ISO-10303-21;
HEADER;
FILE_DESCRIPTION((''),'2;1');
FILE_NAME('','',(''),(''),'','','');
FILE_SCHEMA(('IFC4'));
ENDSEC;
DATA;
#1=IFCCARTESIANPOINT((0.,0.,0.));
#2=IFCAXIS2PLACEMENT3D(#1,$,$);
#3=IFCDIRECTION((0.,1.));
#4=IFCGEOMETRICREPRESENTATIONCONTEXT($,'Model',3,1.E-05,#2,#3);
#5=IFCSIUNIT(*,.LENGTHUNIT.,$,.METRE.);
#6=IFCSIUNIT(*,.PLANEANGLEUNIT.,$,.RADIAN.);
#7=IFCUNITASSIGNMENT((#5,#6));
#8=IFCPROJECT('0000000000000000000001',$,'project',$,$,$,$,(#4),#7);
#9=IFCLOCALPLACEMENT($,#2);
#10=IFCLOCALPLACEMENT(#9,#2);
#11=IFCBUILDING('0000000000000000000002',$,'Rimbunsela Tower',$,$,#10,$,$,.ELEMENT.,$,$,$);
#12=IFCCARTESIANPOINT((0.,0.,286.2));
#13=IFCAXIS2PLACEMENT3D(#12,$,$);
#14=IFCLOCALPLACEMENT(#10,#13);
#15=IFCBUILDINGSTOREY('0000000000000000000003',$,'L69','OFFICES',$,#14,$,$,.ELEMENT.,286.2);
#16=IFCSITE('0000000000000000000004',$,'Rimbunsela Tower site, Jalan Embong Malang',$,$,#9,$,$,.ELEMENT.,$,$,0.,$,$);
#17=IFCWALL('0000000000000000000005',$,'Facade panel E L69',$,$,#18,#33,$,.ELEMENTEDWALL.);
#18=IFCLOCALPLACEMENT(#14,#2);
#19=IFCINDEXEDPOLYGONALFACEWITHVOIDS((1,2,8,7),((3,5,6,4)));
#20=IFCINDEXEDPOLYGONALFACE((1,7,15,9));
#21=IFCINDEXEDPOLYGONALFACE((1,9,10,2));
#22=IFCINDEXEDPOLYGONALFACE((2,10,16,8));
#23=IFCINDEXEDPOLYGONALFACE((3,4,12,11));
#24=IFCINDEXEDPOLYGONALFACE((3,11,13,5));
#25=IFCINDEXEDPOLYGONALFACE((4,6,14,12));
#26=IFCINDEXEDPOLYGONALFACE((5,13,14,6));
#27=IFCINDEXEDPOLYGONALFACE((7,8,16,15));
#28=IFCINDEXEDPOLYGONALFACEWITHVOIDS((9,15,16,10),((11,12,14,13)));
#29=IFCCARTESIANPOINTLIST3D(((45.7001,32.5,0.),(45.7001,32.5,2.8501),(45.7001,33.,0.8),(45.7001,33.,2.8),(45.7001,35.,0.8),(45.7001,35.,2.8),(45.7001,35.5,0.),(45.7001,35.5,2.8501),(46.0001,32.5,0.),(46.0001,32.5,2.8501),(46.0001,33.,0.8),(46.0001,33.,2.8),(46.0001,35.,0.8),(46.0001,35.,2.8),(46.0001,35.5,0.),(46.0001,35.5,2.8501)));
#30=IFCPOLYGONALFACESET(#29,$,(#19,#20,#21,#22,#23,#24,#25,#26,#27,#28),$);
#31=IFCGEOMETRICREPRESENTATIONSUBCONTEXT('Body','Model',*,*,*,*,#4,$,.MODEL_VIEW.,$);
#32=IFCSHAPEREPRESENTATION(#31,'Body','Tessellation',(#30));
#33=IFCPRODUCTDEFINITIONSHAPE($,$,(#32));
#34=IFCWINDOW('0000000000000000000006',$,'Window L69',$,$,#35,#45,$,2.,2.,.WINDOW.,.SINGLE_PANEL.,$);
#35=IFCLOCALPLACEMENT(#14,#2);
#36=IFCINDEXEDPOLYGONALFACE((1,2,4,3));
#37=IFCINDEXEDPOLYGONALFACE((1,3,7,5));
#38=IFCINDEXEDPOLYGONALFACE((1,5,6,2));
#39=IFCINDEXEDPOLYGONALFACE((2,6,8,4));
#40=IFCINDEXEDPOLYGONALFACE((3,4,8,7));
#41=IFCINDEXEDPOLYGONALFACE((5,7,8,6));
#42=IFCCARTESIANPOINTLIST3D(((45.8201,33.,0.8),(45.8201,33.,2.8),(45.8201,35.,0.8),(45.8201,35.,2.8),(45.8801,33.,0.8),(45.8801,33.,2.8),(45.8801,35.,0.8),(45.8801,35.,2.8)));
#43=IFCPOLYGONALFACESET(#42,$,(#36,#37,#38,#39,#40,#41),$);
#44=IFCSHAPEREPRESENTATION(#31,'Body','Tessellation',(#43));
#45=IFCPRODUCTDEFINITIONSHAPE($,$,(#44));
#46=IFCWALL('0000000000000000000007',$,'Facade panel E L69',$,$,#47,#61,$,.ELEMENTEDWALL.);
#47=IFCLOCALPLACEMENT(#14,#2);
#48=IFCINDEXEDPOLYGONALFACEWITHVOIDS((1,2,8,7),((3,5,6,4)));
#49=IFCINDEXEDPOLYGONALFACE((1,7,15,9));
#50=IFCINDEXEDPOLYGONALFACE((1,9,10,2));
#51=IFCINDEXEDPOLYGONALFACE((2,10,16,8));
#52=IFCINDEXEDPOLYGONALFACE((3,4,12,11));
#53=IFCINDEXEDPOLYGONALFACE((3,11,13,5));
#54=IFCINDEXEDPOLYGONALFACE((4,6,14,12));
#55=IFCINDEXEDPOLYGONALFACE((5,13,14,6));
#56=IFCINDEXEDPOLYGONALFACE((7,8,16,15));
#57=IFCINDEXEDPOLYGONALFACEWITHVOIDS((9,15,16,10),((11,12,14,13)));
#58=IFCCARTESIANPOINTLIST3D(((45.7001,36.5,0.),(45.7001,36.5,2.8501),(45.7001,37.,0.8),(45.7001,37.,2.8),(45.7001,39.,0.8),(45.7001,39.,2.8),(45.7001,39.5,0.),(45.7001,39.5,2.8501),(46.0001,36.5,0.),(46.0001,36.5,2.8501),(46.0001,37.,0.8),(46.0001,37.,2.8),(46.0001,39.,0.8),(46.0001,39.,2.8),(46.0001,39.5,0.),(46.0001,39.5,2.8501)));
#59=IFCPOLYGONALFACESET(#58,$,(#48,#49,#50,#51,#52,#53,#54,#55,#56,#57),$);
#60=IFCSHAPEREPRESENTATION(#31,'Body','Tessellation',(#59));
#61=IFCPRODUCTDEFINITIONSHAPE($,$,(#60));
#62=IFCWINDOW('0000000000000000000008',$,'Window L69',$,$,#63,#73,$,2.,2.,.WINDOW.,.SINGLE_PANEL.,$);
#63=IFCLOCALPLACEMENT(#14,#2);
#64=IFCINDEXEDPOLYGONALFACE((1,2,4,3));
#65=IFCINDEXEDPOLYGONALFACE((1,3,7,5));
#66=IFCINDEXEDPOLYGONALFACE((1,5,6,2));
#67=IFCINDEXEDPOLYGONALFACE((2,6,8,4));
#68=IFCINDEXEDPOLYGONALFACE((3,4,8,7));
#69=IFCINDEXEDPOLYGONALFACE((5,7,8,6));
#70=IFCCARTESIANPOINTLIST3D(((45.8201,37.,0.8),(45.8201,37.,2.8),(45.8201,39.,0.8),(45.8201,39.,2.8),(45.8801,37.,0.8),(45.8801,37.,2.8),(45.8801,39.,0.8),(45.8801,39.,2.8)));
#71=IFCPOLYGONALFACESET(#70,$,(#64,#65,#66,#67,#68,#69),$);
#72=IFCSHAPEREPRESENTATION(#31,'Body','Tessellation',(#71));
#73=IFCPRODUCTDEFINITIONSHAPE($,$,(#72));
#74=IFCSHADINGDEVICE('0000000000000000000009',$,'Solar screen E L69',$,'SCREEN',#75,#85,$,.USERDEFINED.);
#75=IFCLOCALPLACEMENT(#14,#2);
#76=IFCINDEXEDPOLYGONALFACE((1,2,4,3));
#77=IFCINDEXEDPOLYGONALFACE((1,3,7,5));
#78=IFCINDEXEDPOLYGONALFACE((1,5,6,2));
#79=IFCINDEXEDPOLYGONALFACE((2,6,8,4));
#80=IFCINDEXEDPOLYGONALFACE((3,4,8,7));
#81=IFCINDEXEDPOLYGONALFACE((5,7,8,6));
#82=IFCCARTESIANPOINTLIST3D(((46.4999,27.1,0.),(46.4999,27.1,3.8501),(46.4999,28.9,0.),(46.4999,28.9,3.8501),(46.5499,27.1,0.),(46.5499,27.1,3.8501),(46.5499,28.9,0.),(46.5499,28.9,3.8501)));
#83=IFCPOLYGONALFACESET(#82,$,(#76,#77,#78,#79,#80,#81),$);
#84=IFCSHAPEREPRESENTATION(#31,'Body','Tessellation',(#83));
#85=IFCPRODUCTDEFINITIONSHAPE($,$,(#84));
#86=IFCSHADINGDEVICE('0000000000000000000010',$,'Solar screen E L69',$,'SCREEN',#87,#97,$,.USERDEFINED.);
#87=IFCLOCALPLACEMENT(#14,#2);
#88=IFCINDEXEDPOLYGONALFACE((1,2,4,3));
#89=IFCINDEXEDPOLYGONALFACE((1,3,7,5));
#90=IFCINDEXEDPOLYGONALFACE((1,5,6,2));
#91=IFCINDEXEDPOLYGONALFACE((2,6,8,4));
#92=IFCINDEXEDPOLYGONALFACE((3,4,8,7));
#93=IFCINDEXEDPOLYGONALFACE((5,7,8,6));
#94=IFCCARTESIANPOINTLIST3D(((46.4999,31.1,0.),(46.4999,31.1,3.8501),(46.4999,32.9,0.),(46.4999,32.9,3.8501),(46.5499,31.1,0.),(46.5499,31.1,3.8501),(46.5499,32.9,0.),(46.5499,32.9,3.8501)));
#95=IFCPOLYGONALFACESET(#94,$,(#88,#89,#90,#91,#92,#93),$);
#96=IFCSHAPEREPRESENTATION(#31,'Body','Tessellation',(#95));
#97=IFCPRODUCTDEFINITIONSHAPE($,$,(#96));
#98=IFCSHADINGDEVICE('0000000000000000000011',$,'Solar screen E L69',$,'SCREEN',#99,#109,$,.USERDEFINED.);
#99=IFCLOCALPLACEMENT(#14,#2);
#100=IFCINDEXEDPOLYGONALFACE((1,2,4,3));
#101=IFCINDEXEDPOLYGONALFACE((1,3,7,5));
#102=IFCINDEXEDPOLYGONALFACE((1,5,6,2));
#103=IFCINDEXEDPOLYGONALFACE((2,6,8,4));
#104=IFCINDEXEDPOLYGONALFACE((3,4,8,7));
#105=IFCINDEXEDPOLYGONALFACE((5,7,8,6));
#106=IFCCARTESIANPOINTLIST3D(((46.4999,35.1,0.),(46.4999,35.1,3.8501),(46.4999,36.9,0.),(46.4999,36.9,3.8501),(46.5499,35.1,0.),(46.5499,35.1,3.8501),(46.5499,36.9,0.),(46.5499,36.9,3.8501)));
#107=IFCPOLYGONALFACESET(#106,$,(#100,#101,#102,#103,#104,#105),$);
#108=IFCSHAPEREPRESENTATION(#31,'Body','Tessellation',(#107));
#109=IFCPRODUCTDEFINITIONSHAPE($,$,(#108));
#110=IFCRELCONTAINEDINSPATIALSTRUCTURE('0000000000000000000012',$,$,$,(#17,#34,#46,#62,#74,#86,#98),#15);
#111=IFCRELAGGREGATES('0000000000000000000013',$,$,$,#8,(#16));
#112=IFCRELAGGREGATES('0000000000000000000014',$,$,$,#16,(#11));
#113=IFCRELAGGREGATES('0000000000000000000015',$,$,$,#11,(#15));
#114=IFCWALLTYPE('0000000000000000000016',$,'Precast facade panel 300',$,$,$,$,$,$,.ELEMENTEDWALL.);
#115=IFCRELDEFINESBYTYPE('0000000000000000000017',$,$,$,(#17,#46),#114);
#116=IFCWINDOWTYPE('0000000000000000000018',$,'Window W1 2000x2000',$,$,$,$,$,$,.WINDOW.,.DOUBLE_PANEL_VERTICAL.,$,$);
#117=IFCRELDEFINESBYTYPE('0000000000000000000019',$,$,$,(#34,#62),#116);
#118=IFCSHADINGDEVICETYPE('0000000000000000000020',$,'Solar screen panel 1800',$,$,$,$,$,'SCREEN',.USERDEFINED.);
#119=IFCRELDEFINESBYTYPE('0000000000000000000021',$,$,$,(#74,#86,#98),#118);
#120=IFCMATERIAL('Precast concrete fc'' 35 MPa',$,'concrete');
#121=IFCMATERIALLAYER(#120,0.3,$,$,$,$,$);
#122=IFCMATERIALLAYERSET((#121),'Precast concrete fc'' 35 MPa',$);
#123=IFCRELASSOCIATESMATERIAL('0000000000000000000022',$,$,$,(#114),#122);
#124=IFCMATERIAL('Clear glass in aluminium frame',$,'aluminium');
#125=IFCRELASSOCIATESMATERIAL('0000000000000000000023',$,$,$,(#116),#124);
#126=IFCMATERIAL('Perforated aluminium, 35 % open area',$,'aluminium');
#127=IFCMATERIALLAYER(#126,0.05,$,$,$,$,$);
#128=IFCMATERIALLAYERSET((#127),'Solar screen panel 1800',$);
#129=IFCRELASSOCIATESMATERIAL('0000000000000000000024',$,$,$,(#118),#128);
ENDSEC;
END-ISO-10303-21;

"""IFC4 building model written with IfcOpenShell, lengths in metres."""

from ifc_helpers import new_model, si_unit, direction, frame, frame_2d, origin, origin_2d, place, context, subcontext, project, spatial, rectangle, extrude, material, layer, layer_set, type_object, element, fill, save


model = new_model("IFC4")

# Units and contexts
model_context = context("Model", 3, precision=1e-05, world=origin(), true_north=direction((0.0, 1.0)))
body_context = subcontext(model_context, "Body", "Model", "MODEL_VIEW")
ifc_project = project(units=[si_unit("LENGTHUNIT", "METRE"), si_unit("PLANEANGLEUNIT", "RADIAN")], contexts=[model_context])

# Site, building, storey
site_placement = place(None, origin())
site = spatial("IfcSite", under=ifc_project, at=site_placement, Name="Rimbunsela Tower site, Jalan Embong Malang", CompositionType="ELEMENT", RefElevation=0.0)
building_placement = place(site_placement, origin())
building = spatial("IfcBuilding", under=site, at=building_placement, Name="Rimbunsela Tower", CompositionType="ELEMENT")
storey_placement = place(building_placement, frame((0.0, 0.0, 286.2)))
storey = spatial("IfcBuildingStorey", under=building, at=storey_placement, Name="L69", Description="OFFICES", CompositionType="ELEMENT", Elevation=286.2)

# Walls, openings, windows
ifc_material_1 = material(Name="Precast concrete fc' 35 MPa", Category="concrete")
ifc_layer_1 = layer(ifc_material_1, 0.3)
ifc_layer_set_1 = layer_set([ifc_layer_1], Name="Precast concrete fc' 35 MPa")
wall_type_1 = type_object("IfcWallType", Name="Precast facade panel 300", PredefinedType="ELEMENTEDWALL", material=ifc_layer_set_1)
ifc_material_2 = material(Name="Clear glass in aluminium frame", Category="aluminium")
window_type = type_object("IfcWindowType", Name="Window W1 2000x2000", PartitioningType="DOUBLE_PANEL_VERTICAL", PredefinedType="WINDOW", material=ifc_material_2)
wall_1_placement = place(storey_placement, frame((45.8501, 32.5, 0.0), z_axis=(0.0, 0.0, 1.0), x_axis=(0.0, 1.0, 0.0)))
wall_1 = element("IfcWall", 1, at=wall_1_placement, inside=storey, type_object=wall_type_1, Name="Facade panel E L69", PredefinedType="ELEMENTEDWALL", context=body_context, shape_type="SweptSolid", body=[
    extrude(rectangle(XDim=3.0, YDim=0.3, at=frame_2d((1.5, 0.0))), origin(), (0.0, 0.0, 1.0), 2.8501),
])
opening_1_placement = place(wall_1_placement, frame((0.5, 0.0, 0.8)))
opening_1 = element("IfcOpeningElement", 2, at=opening_1_placement, cuts=wall_1, PredefinedType="OPENING", context=body_context, shape_type="SweptSolid", body=[
    extrude(rectangle(XDim=2.0, YDim=2.0, at=frame_2d((1.0, 1.0))), frame((0.0, 0.1599, 0.0), z_axis=(0.0, -1.0, 0.0), x_axis=(1.0, 0.0, 0.0)), (0.0, 0.0, 1.0), 0.3201),
])
window_1_placement = place(opening_1_placement, origin())
window_1 = element("IfcWindow", 3, at=window_1_placement, inside=storey, type_object=window_type, Name="Window L69", OverallHeight=2.0, OverallWidth=2.0, PartitioningType="SINGLE_PANEL", PredefinedType="WINDOW", context=body_context, shape_type="SweptSolid", body=[
    extrude(rectangle(XDim=2.0, YDim=2.0, at=frame_2d((1.0, 1.0))), frame((0.0, 0.03, 0.0), z_axis=(0.0, -1.0, 0.0), x_axis=(1.0, 0.0, 0.0)), (0.0, 0.0, 1.0), 0.0601),
])
fill(opening_1, window_1)
wall_2_placement = place(storey_placement, frame((45.8501, 36.5, 0.0), z_axis=(0.0, 0.0, 1.0), x_axis=(0.0, 1.0, 0.0)))
wall_2 = element("IfcWall", 4, at=wall_2_placement, inside=storey, type_object=wall_type_1, Name="Facade panel E L69", PredefinedType="ELEMENTEDWALL", context=body_context, shape_type="SweptSolid", body=[
    extrude(rectangle(XDim=3.0, YDim=0.3, at=frame_2d((1.5, 0.0))), origin(), (0.0, 0.0, 1.0), 2.8501),
])
opening_2_placement = place(wall_2_placement, frame((0.5, 0.0, 0.8)))
opening_2 = element("IfcOpeningElement", 5, at=opening_2_placement, cuts=wall_2, PredefinedType="OPENING", context=body_context, shape_type="SweptSolid", body=[
    extrude(rectangle(XDim=2.0, YDim=2.0, at=frame_2d((1.0, 1.0))), frame((0.0, 0.1599, 0.0), z_axis=(0.0, -1.0, 0.0), x_axis=(1.0, 0.0, 0.0)), (0.0, 0.0, 1.0), 0.3201),
])
window_2_placement = place(opening_2_placement, origin())
window_2 = element("IfcWindow", 6, at=window_2_placement, inside=storey, type_object=window_type, Name="Window L69", OverallHeight=2.0, OverallWidth=2.0, PartitioningType="SINGLE_PANEL", PredefinedType="WINDOW", context=body_context, shape_type="SweptSolid", body=[
    extrude(rectangle(XDim=2.0, YDim=2.0, at=frame_2d((1.0, 1.0))), frame((0.0, 0.03, 0.0), z_axis=(0.0, -1.0, 0.0), x_axis=(1.0, 0.0, 0.0)), (0.0, 0.0, 1.0), 0.0601),
])
fill(opening_2, window_2)

# Shading devices
ifc_material_3 = material(Name="Perforated aluminium, 35 % open area", Category="aluminium")
ifc_layer_2 = layer(ifc_material_3, 0.05)
ifc_layer_set_2 = layer_set([ifc_layer_2], Name="Solar screen panel 1800")
shading_device_type = type_object("IfcShadingDeviceType", Name="Solar screen panel 1800", ElementType="SCREEN", PredefinedType="USERDEFINED", material=ifc_layer_set_2)
for number, where, z_axis, x_axis, name in (
    (7, (46.5249, 28.0, 0.0), (0.0, 0.0, 1.0), (0.0, 1.0, 0.0), "Solar screen E L69"),
    (8, (46.5249, 32.0, 0.0), (0.0, 0.0, 1.0), (0.0, 1.0, 0.0), "Solar screen E L69"),
    (9, (46.5249, 36.0, 0.0), (0.0, 0.0, 1.0), (0.0, 1.0, 0.0), "Solar screen E L69"),
):
    element("IfcShadingDevice", number, at=place(storey_placement, frame(where, z_axis=z_axis, x_axis=x_axis)), inside=storey, type_object=shading_device_type, Name=name, ObjectType="SCREEN", PredefinedType="USERDEFINED", context=body_context, shape_type="SweptSolid", body=[
        extrude(rectangle(XDim=1.8, YDim=0.05, at=origin_2d()), origin(), (0.0, 0.0, 1.0), 3.8501),
    ])

save(model, "model.ifc")
